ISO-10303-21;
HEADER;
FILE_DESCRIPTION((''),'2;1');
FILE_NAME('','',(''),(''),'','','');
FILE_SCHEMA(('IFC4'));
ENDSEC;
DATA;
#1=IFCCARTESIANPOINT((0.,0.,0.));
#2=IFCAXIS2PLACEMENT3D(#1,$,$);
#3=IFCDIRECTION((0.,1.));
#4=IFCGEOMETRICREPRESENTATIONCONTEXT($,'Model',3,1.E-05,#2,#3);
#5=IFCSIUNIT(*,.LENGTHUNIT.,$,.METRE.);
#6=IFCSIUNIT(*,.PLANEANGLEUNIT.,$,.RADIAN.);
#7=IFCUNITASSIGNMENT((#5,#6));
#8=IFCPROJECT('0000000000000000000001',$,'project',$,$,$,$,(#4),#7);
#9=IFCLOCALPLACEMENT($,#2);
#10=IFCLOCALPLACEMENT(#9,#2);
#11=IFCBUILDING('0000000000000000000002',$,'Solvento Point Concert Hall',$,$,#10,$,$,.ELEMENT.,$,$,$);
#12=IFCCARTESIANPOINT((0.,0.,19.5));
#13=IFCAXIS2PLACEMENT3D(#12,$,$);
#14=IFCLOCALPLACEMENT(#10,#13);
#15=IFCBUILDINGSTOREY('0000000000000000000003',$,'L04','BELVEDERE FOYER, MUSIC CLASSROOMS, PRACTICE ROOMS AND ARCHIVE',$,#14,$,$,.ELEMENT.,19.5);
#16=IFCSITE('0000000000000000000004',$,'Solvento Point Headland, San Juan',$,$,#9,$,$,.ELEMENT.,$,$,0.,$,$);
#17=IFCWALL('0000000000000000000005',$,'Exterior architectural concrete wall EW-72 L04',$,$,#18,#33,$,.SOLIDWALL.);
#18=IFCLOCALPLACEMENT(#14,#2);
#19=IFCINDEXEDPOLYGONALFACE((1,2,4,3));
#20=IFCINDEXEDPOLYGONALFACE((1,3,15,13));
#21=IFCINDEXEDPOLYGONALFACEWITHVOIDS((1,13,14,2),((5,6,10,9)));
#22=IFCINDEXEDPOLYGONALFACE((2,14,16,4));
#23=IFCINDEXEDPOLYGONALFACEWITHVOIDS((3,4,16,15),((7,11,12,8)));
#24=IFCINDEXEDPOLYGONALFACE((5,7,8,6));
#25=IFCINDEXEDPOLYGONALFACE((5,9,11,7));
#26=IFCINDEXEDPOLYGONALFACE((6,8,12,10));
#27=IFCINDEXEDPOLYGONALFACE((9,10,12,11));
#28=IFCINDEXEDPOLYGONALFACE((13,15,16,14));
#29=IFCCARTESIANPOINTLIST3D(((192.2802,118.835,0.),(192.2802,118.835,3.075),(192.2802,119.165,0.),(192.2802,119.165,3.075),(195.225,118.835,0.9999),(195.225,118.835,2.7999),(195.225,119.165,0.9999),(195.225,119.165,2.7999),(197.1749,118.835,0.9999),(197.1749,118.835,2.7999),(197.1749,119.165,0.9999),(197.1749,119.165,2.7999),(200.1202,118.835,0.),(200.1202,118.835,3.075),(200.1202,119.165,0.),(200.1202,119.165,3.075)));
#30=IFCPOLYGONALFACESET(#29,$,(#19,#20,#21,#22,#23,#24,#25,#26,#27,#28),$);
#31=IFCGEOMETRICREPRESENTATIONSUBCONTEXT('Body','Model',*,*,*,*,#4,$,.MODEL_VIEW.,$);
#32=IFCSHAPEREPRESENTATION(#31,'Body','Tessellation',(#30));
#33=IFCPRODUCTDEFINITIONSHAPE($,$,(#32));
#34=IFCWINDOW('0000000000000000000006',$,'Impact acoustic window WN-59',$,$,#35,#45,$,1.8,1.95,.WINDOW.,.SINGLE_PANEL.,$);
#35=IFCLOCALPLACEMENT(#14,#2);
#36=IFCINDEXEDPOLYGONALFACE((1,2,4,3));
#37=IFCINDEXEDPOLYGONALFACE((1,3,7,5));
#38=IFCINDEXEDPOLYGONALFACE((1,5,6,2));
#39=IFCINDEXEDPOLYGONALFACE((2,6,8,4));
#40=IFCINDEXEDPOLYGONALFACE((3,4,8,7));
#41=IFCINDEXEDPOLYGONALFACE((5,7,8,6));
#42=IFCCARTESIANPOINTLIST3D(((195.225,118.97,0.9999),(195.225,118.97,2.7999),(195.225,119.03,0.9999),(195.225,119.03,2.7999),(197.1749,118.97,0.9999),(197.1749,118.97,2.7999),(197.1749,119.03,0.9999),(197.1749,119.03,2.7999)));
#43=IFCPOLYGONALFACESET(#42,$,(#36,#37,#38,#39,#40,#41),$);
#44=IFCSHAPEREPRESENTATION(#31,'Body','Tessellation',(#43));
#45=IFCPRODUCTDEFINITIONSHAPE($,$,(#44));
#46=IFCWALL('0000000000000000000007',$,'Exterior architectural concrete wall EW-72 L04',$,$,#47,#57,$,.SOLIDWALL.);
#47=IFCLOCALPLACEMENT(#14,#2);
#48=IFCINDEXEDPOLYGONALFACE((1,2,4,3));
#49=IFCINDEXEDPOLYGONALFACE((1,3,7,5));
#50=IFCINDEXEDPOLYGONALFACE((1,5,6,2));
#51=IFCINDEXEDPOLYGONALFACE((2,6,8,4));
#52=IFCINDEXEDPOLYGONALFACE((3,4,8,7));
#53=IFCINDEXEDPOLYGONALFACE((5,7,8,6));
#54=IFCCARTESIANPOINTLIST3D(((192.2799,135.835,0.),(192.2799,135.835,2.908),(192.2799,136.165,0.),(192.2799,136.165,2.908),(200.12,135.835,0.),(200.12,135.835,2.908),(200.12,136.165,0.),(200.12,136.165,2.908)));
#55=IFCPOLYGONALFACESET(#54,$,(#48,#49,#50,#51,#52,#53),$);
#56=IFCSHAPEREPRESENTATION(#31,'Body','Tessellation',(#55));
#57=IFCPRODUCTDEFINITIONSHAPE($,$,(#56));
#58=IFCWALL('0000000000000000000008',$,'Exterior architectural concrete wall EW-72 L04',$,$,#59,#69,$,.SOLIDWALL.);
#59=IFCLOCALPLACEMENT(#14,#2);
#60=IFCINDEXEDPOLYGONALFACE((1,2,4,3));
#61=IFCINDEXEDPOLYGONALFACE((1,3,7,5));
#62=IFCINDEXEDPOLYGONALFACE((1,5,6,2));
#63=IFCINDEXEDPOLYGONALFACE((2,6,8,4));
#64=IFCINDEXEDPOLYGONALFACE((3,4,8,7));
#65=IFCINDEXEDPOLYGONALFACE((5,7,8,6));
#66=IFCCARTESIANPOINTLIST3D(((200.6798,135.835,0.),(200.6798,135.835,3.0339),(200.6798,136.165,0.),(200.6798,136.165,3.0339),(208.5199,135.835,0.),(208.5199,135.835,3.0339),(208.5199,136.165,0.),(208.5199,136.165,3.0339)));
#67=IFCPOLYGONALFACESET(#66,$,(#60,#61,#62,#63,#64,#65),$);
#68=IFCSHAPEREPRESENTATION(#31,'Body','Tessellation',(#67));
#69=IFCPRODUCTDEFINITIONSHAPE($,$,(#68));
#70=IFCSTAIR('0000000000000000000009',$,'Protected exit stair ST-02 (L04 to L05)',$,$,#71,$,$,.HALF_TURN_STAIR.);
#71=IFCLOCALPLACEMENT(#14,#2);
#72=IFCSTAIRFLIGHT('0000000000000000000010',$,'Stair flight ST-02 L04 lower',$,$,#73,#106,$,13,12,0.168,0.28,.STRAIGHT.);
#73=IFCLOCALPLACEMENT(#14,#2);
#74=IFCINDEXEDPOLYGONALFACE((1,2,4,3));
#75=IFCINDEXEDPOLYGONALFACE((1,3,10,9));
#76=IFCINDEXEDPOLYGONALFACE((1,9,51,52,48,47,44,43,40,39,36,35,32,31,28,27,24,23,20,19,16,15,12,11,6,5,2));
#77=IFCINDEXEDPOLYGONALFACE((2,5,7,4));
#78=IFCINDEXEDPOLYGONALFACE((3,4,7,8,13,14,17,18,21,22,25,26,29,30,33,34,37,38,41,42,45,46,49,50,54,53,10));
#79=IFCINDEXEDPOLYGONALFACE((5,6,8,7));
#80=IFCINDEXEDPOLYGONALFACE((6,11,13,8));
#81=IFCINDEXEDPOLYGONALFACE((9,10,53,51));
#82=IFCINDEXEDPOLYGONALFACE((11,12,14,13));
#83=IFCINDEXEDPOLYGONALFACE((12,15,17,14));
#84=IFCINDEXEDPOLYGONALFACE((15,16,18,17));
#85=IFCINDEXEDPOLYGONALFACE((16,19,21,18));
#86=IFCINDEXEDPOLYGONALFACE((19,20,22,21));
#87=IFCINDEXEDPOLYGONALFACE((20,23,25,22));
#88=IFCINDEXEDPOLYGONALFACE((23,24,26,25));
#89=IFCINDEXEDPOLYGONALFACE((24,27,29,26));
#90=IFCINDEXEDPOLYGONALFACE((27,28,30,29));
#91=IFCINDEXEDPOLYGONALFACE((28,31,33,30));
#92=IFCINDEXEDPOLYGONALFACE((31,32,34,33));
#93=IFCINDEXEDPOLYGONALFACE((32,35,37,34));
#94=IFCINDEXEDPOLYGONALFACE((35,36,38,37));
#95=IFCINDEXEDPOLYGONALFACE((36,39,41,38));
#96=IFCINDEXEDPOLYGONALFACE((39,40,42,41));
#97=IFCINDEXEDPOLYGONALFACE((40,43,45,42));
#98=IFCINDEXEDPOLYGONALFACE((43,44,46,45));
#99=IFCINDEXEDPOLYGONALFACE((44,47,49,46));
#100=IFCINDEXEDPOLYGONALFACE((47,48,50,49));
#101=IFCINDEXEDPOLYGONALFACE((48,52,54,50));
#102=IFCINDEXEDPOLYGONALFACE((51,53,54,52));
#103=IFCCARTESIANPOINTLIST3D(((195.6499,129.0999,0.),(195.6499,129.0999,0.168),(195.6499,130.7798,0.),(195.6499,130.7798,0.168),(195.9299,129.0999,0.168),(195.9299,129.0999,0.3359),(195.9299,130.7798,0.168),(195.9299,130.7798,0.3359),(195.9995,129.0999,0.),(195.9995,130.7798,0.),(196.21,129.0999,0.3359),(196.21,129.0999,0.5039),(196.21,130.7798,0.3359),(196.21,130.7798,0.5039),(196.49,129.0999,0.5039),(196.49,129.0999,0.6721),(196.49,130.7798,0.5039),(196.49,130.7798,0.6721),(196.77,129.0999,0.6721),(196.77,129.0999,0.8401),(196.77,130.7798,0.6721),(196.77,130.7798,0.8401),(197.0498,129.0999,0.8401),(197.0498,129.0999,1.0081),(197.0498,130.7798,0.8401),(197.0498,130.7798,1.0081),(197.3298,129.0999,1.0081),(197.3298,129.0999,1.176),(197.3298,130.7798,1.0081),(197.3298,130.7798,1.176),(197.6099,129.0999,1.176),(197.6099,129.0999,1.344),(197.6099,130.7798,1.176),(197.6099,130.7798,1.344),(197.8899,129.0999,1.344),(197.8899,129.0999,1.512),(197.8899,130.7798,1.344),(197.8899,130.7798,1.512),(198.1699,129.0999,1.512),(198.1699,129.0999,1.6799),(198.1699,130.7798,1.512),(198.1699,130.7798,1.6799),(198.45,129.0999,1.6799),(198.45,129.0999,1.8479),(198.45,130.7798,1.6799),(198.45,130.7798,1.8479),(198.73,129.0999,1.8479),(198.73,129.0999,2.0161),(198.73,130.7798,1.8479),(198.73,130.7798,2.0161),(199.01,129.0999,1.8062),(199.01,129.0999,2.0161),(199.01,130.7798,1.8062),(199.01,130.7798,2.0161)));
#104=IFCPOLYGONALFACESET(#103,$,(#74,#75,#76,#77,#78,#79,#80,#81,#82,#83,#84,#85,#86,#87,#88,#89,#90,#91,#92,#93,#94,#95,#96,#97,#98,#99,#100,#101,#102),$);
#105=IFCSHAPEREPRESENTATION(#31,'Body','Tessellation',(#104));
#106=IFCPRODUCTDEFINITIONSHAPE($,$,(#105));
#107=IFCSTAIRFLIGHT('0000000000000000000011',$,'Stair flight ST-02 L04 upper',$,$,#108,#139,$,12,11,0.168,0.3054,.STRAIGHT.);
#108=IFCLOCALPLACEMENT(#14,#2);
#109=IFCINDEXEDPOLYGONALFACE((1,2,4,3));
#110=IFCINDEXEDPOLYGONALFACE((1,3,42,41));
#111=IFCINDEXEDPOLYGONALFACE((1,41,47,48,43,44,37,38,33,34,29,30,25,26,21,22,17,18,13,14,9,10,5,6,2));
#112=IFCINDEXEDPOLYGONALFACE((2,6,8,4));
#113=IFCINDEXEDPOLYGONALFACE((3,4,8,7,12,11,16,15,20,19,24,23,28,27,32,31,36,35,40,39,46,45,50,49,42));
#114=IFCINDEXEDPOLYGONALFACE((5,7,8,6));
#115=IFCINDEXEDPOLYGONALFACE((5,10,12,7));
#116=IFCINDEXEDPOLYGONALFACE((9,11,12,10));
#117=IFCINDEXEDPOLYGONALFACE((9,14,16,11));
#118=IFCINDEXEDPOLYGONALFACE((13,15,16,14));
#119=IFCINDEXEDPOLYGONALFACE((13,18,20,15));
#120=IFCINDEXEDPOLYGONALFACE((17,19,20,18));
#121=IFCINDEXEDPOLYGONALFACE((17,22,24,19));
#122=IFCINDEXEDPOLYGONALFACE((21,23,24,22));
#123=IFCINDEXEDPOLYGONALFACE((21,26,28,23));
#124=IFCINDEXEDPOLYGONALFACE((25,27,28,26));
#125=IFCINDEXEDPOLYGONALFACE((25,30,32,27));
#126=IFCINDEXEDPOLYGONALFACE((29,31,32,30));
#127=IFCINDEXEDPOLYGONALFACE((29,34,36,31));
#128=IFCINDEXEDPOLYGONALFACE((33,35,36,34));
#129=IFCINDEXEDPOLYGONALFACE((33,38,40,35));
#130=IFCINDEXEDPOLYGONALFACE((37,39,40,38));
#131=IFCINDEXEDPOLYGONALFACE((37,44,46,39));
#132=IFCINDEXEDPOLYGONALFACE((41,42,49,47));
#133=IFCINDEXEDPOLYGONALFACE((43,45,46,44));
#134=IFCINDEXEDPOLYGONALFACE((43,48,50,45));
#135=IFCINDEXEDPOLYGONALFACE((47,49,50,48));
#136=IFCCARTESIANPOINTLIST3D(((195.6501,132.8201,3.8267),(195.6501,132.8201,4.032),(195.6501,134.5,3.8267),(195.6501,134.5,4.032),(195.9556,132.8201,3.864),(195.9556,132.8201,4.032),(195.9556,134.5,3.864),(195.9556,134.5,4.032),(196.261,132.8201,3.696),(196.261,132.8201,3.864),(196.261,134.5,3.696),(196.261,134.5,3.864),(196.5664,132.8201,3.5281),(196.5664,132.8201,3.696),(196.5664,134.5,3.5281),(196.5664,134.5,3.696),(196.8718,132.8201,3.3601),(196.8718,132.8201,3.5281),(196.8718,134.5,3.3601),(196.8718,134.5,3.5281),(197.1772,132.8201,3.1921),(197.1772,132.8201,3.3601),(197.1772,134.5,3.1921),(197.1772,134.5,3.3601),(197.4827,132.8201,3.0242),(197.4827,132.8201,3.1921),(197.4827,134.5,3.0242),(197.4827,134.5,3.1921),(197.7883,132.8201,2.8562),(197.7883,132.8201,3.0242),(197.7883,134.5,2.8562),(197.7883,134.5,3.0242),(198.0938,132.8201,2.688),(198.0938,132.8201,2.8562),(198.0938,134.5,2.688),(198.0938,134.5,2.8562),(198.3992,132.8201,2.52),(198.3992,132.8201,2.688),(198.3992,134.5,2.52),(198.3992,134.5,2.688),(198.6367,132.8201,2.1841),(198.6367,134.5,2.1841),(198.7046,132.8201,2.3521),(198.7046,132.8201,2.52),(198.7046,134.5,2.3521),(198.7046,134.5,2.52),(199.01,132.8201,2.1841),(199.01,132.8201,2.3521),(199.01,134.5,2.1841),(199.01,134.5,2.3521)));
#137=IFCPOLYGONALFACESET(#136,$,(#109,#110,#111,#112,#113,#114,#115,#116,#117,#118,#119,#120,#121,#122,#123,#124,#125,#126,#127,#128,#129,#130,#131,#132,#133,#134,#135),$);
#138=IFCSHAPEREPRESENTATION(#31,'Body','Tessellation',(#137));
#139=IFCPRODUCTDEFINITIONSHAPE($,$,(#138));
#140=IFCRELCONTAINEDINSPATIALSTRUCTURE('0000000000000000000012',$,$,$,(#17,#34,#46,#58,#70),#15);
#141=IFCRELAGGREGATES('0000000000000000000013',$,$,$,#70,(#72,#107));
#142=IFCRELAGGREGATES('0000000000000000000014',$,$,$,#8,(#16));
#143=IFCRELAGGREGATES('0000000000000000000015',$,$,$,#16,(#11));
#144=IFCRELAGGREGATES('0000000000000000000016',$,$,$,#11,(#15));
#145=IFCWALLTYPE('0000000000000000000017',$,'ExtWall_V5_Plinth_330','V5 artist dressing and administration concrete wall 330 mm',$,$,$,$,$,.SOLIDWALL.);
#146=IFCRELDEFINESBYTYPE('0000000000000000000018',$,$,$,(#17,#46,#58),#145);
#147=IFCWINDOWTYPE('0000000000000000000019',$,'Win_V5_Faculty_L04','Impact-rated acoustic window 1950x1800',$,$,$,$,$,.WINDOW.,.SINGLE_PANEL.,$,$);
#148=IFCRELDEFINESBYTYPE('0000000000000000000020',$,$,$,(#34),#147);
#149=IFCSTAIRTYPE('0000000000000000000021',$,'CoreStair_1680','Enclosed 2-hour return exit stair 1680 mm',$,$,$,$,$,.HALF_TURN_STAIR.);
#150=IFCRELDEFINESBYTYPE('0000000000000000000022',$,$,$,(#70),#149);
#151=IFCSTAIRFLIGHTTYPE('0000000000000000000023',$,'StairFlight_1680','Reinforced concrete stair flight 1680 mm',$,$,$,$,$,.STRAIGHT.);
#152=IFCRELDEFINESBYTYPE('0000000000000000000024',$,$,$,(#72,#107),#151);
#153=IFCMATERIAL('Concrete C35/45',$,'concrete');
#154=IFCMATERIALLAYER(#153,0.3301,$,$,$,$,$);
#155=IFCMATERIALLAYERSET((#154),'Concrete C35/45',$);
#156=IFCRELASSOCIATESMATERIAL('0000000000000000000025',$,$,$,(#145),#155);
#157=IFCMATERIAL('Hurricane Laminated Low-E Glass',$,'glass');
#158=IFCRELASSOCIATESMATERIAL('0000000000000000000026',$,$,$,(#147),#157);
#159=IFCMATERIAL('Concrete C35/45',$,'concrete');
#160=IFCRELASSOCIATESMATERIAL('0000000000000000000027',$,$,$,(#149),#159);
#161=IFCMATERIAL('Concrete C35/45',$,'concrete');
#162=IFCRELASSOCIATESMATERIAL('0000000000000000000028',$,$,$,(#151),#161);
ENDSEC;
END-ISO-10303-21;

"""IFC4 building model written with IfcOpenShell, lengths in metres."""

from ifc_helpers import new_model, si_unit, direction, frame, frame_2d, origin, place, context, subcontext, project, spatial, polyline, rectangle, outline, extrude, material, layer, layer_set, type_object, element, fill, aggregate, save


model = new_model("IFC4")

# Units and contexts
model_context = context("Model", 3, precision=1e-05, world=origin(), true_north=direction((0.0, 1.0)))
body_context = subcontext(model_context, "Body", "Model", "MODEL_VIEW")
ifc_project = project(units=[si_unit("LENGTHUNIT", "METRE"), si_unit("PLANEANGLEUNIT", "RADIAN")], contexts=[model_context])

# Site, building, storey
site_placement = place(None, origin())
site = spatial("IfcSite", under=ifc_project, at=site_placement, Name="Solvento Point Headland, San Juan", CompositionType="ELEMENT", RefElevation=0.0)
building_placement = place(site_placement, origin())
building = spatial("IfcBuilding", under=site, at=building_placement, Name="Solvento Point Concert Hall", CompositionType="ELEMENT")
storey_placement = place(building_placement, frame((0.0, 0.0, 19.5)))
storey = spatial("IfcBuildingStorey", under=building, at=storey_placement, Name="L04", Description="BELVEDERE FOYER, MUSIC CLASSROOMS, PRACTICE ROOMS AND ARCHIVE", CompositionType="ELEMENT", Elevation=19.5)

# Wall, opening, window
ifc_material_1 = material(Name="Concrete C35/45", Category="concrete")
ifc_layer_1 = layer(ifc_material_1, 0.3301)
ifc_layer_set_1 = layer_set([ifc_layer_1], Name="Concrete C35/45")
wall_type_1 = type_object("IfcWallType", Name="ExtWall_V5_Plinth_330", Description="V5 artist dressing and administration concrete wall 330 mm", PredefinedType="SOLIDWALL", material=ifc_layer_set_1)
wall_1_placement = place(storey_placement, frame((200.1201, 119.0, 0.0), z_axis=(0.0, 0.0, 1.0), x_axis=(-1.0, 0.0, 0.0)))
wall_1 = element("IfcWall", 1, at=wall_1_placement, inside=storey, type_object=wall_type_1, Name="Exterior architectural concrete wall EW-72 L04", PredefinedType="SOLIDWALL", context=body_context, shape_type="SweptSolid", body=[
    extrude(rectangle(XDim=7.8401, YDim=0.3301, at=frame_2d((3.9199, 0.0))), origin(), (0.0, 0.0, 1.0), 3.075),
])
opening_1_placement = place(wall_1_placement, frame((2.9451, 0.0, 1.0)))
opening_1 = element("IfcOpeningElement", 2, at=opening_1_placement, cuts=wall_1, PredefinedType="OPENING", context=body_context, shape_type="SweptSolid", body=[
    extrude(rectangle(XDim=1.95, YDim=1.8, at=frame_2d((0.9751, 0.8999))), frame((0.0, 0.175, 0.0), z_axis=(0.0, -1.0, 0.0), x_axis=(1.0, 0.0, 0.0)), (0.0, 0.0, 1.0), 0.3501),
])
ifc_material_2 = material(Name="Hurricane Laminated Low-E Glass", Category="glass")
window_type = type_object("IfcWindowType", Name="Win_V5_Faculty_L04", Description="Impact-rated acoustic window 1950x1800", PartitioningType="SINGLE_PANEL", PredefinedType="WINDOW", material=ifc_material_2)
window_placement = place(opening_1_placement, origin())
window = element("IfcWindow", 3, at=window_placement, inside=storey, type_object=window_type, Name="Impact acoustic window WN-59", OverallHeight=1.8, OverallWidth=1.95, PartitioningType="SINGLE_PANEL", PredefinedType="WINDOW", context=body_context, shape_type="SweptSolid", body=[
    extrude(rectangle(XDim=1.95, YDim=1.8, at=frame_2d((0.9751, 0.8999))), frame((0.0, 0.03, 0.0), z_axis=(0.0, -1.0, 0.0), x_axis=(1.0, 0.0, 0.0)), (0.0, 0.0, 1.0), 0.0601),
])
fill(opening_1, window)

# Walls
wall_2_placement = place(storey_placement, frame((192.28, 136.0, 0.0), z_axis=(0.0, 0.0, 1.0), x_axis=(1.0, 0.0, 0.0)))
element("IfcWall", 4, at=wall_2_placement, inside=storey, type_object=wall_type_1, Name="Exterior architectural concrete wall EW-72 L04", PredefinedType="SOLIDWALL", context=body_context, shape_type="SweptSolid", body=[
    extrude(rectangle(XDim=7.8401, YDim=0.3301, at=frame_2d((3.9199, 0.0))), origin(), (0.0, 0.0, 1.0), 2.908),
])
wall_3_placement = place(storey_placement, frame((200.6799, 136.0, 0.0), z_axis=(0.0, 0.0, 1.0), x_axis=(1.0, 0.0, 0.0)))
element("IfcWall", 5, at=wall_3_placement, inside=storey, type_object=wall_type_1, Name="Exterior architectural concrete wall EW-72 L04", PredefinedType="SOLIDWALL", context=body_context, shape_type="SweptSolid", body=[
    extrude(rectangle(XDim=7.8401, YDim=0.3301, at=frame_2d((3.9199, 0.0))), origin(), (0.0, 0.0, 1.0), 3.0339),
])

# Stair, stair flights
ifc_material_3 = material(Name="Concrete C35/45", Category="concrete")
stair_type = type_object("IfcStairType", Name="CoreStair_1680", Description="Enclosed 2-hour return exit stair 1680 mm", PredefinedType="HALF_TURN_STAIR", material=ifc_material_3)
stair_placement = place(storey_placement, origin())
stair = element("IfcStair", 6, at=stair_placement, inside=storey, type_object=stair_type, Name="Protected exit stair ST-02 (L04 to L05)", PredefinedType="HALF_TURN_STAIR")
ifc_material_4 = material(Name="Concrete C35/45", Category="concrete")
stair_flight_type = type_object("IfcStairFlightType", Name="StairFlight_1680", Description="Reinforced concrete stair flight 1680 mm", PredefinedType="STRAIGHT", material=ifc_material_4)
stair_flight_1_placement = place(storey_placement, frame((195.6499, 129.9399, 0.0), z_axis=(0.0, 0.0, 1.0), x_axis=(1.0, 0.0, 0.0)))
stair_flight_1 = element("IfcStairFlight", 7, at=stair_flight_1_placement, type_object=stair_flight_type, Name="Stair flight ST-02 L04 lower", NumberOfRisers=13, NumberOfTreads=12, PredefinedType="STRAIGHT", RiserHeight=0.168, TreadLength=0.28, context=body_context, shape_type="SweptSolid", body=[
    extrude(outline(polyline([(0.0, 0.0), (0.0, 0.168), (0.28, 0.168), (0.28, 0.3359), (0.5601, 0.3359), (0.5601, 0.5039), (0.8401, 0.5039), (0.8401, 0.6721), (1.1201, 0.6721), (1.1201, 0.8401), (1.3999, 0.8401), (1.3999, 1.0081), (1.6799, 1.0081), (1.6799, 1.176), (1.96, 1.176), (1.96, 1.344), (2.24, 1.344), (2.24, 1.512), (2.52, 1.512), (2.52, 1.6799), (2.8, 1.6799), (2.8, 1.8479), (3.0801, 1.8479), (3.0801, 2.0161), (3.3601, 2.0161), (3.3601, 2.1841), (3.3601, 1.8062), (0.3496, 0.0), (0.0, 0.0)])), frame((0.0, 0.8398, 0.0), z_axis=(0.0, -1.0, 0.0), x_axis=(1.0, 0.0, 0.0)), (0.0, 0.0, 1.0), 1.6799),
])
stair_flight_2_placement = place(storey_placement, frame((199.01, 133.6599, 2.1841), z_axis=(0.0, 0.0, 1.0), x_axis=(-1.0, 0.0, 0.0)))
stair_flight_2 = element("IfcStairFlight", 8, at=stair_flight_2_placement, type_object=stair_flight_type, Name="Stair flight ST-02 L04 upper", NumberOfRisers=12, NumberOfTreads=11, PredefinedType="STRAIGHT", RiserHeight=0.168, TreadLength=0.3054, context=body_context, shape_type="SweptSolid", body=[
    extrude(outline(polyline([(0.0, 0.0), (0.0, 0.168), (0.3054, 0.168), (0.3054, 0.3359), (0.6108, 0.3359), (0.6108, 0.5039), (0.9163, 0.5039), (0.9163, 0.6721), (1.2217, 0.6721), (1.2217, 0.8401), (1.5273, 0.8401), (1.5273, 1.0081), (1.8328, 1.0081), (1.8328, 1.176), (2.1382, 1.176), (2.1382, 1.344), (2.4436, 1.344), (2.4436, 1.512), (2.749, 1.512), (2.749, 1.6799), (3.0544, 1.6799), (3.0544, 1.8479), (3.3599, 1.8479), (3.3599, 2.0161), (3.3599, 1.6426), (0.3733, 0.0), (0.0, 0.0)])), frame((0.0, 0.8398, 0.0), z_axis=(0.0, -1.0, 0.0), x_axis=(1.0, 0.0, 0.0)), (0.0, 0.0, 1.0), 1.6799),
])
aggregate(stair, [stair_flight_1, stair_flight_2])

save(model, "model.ifc")
